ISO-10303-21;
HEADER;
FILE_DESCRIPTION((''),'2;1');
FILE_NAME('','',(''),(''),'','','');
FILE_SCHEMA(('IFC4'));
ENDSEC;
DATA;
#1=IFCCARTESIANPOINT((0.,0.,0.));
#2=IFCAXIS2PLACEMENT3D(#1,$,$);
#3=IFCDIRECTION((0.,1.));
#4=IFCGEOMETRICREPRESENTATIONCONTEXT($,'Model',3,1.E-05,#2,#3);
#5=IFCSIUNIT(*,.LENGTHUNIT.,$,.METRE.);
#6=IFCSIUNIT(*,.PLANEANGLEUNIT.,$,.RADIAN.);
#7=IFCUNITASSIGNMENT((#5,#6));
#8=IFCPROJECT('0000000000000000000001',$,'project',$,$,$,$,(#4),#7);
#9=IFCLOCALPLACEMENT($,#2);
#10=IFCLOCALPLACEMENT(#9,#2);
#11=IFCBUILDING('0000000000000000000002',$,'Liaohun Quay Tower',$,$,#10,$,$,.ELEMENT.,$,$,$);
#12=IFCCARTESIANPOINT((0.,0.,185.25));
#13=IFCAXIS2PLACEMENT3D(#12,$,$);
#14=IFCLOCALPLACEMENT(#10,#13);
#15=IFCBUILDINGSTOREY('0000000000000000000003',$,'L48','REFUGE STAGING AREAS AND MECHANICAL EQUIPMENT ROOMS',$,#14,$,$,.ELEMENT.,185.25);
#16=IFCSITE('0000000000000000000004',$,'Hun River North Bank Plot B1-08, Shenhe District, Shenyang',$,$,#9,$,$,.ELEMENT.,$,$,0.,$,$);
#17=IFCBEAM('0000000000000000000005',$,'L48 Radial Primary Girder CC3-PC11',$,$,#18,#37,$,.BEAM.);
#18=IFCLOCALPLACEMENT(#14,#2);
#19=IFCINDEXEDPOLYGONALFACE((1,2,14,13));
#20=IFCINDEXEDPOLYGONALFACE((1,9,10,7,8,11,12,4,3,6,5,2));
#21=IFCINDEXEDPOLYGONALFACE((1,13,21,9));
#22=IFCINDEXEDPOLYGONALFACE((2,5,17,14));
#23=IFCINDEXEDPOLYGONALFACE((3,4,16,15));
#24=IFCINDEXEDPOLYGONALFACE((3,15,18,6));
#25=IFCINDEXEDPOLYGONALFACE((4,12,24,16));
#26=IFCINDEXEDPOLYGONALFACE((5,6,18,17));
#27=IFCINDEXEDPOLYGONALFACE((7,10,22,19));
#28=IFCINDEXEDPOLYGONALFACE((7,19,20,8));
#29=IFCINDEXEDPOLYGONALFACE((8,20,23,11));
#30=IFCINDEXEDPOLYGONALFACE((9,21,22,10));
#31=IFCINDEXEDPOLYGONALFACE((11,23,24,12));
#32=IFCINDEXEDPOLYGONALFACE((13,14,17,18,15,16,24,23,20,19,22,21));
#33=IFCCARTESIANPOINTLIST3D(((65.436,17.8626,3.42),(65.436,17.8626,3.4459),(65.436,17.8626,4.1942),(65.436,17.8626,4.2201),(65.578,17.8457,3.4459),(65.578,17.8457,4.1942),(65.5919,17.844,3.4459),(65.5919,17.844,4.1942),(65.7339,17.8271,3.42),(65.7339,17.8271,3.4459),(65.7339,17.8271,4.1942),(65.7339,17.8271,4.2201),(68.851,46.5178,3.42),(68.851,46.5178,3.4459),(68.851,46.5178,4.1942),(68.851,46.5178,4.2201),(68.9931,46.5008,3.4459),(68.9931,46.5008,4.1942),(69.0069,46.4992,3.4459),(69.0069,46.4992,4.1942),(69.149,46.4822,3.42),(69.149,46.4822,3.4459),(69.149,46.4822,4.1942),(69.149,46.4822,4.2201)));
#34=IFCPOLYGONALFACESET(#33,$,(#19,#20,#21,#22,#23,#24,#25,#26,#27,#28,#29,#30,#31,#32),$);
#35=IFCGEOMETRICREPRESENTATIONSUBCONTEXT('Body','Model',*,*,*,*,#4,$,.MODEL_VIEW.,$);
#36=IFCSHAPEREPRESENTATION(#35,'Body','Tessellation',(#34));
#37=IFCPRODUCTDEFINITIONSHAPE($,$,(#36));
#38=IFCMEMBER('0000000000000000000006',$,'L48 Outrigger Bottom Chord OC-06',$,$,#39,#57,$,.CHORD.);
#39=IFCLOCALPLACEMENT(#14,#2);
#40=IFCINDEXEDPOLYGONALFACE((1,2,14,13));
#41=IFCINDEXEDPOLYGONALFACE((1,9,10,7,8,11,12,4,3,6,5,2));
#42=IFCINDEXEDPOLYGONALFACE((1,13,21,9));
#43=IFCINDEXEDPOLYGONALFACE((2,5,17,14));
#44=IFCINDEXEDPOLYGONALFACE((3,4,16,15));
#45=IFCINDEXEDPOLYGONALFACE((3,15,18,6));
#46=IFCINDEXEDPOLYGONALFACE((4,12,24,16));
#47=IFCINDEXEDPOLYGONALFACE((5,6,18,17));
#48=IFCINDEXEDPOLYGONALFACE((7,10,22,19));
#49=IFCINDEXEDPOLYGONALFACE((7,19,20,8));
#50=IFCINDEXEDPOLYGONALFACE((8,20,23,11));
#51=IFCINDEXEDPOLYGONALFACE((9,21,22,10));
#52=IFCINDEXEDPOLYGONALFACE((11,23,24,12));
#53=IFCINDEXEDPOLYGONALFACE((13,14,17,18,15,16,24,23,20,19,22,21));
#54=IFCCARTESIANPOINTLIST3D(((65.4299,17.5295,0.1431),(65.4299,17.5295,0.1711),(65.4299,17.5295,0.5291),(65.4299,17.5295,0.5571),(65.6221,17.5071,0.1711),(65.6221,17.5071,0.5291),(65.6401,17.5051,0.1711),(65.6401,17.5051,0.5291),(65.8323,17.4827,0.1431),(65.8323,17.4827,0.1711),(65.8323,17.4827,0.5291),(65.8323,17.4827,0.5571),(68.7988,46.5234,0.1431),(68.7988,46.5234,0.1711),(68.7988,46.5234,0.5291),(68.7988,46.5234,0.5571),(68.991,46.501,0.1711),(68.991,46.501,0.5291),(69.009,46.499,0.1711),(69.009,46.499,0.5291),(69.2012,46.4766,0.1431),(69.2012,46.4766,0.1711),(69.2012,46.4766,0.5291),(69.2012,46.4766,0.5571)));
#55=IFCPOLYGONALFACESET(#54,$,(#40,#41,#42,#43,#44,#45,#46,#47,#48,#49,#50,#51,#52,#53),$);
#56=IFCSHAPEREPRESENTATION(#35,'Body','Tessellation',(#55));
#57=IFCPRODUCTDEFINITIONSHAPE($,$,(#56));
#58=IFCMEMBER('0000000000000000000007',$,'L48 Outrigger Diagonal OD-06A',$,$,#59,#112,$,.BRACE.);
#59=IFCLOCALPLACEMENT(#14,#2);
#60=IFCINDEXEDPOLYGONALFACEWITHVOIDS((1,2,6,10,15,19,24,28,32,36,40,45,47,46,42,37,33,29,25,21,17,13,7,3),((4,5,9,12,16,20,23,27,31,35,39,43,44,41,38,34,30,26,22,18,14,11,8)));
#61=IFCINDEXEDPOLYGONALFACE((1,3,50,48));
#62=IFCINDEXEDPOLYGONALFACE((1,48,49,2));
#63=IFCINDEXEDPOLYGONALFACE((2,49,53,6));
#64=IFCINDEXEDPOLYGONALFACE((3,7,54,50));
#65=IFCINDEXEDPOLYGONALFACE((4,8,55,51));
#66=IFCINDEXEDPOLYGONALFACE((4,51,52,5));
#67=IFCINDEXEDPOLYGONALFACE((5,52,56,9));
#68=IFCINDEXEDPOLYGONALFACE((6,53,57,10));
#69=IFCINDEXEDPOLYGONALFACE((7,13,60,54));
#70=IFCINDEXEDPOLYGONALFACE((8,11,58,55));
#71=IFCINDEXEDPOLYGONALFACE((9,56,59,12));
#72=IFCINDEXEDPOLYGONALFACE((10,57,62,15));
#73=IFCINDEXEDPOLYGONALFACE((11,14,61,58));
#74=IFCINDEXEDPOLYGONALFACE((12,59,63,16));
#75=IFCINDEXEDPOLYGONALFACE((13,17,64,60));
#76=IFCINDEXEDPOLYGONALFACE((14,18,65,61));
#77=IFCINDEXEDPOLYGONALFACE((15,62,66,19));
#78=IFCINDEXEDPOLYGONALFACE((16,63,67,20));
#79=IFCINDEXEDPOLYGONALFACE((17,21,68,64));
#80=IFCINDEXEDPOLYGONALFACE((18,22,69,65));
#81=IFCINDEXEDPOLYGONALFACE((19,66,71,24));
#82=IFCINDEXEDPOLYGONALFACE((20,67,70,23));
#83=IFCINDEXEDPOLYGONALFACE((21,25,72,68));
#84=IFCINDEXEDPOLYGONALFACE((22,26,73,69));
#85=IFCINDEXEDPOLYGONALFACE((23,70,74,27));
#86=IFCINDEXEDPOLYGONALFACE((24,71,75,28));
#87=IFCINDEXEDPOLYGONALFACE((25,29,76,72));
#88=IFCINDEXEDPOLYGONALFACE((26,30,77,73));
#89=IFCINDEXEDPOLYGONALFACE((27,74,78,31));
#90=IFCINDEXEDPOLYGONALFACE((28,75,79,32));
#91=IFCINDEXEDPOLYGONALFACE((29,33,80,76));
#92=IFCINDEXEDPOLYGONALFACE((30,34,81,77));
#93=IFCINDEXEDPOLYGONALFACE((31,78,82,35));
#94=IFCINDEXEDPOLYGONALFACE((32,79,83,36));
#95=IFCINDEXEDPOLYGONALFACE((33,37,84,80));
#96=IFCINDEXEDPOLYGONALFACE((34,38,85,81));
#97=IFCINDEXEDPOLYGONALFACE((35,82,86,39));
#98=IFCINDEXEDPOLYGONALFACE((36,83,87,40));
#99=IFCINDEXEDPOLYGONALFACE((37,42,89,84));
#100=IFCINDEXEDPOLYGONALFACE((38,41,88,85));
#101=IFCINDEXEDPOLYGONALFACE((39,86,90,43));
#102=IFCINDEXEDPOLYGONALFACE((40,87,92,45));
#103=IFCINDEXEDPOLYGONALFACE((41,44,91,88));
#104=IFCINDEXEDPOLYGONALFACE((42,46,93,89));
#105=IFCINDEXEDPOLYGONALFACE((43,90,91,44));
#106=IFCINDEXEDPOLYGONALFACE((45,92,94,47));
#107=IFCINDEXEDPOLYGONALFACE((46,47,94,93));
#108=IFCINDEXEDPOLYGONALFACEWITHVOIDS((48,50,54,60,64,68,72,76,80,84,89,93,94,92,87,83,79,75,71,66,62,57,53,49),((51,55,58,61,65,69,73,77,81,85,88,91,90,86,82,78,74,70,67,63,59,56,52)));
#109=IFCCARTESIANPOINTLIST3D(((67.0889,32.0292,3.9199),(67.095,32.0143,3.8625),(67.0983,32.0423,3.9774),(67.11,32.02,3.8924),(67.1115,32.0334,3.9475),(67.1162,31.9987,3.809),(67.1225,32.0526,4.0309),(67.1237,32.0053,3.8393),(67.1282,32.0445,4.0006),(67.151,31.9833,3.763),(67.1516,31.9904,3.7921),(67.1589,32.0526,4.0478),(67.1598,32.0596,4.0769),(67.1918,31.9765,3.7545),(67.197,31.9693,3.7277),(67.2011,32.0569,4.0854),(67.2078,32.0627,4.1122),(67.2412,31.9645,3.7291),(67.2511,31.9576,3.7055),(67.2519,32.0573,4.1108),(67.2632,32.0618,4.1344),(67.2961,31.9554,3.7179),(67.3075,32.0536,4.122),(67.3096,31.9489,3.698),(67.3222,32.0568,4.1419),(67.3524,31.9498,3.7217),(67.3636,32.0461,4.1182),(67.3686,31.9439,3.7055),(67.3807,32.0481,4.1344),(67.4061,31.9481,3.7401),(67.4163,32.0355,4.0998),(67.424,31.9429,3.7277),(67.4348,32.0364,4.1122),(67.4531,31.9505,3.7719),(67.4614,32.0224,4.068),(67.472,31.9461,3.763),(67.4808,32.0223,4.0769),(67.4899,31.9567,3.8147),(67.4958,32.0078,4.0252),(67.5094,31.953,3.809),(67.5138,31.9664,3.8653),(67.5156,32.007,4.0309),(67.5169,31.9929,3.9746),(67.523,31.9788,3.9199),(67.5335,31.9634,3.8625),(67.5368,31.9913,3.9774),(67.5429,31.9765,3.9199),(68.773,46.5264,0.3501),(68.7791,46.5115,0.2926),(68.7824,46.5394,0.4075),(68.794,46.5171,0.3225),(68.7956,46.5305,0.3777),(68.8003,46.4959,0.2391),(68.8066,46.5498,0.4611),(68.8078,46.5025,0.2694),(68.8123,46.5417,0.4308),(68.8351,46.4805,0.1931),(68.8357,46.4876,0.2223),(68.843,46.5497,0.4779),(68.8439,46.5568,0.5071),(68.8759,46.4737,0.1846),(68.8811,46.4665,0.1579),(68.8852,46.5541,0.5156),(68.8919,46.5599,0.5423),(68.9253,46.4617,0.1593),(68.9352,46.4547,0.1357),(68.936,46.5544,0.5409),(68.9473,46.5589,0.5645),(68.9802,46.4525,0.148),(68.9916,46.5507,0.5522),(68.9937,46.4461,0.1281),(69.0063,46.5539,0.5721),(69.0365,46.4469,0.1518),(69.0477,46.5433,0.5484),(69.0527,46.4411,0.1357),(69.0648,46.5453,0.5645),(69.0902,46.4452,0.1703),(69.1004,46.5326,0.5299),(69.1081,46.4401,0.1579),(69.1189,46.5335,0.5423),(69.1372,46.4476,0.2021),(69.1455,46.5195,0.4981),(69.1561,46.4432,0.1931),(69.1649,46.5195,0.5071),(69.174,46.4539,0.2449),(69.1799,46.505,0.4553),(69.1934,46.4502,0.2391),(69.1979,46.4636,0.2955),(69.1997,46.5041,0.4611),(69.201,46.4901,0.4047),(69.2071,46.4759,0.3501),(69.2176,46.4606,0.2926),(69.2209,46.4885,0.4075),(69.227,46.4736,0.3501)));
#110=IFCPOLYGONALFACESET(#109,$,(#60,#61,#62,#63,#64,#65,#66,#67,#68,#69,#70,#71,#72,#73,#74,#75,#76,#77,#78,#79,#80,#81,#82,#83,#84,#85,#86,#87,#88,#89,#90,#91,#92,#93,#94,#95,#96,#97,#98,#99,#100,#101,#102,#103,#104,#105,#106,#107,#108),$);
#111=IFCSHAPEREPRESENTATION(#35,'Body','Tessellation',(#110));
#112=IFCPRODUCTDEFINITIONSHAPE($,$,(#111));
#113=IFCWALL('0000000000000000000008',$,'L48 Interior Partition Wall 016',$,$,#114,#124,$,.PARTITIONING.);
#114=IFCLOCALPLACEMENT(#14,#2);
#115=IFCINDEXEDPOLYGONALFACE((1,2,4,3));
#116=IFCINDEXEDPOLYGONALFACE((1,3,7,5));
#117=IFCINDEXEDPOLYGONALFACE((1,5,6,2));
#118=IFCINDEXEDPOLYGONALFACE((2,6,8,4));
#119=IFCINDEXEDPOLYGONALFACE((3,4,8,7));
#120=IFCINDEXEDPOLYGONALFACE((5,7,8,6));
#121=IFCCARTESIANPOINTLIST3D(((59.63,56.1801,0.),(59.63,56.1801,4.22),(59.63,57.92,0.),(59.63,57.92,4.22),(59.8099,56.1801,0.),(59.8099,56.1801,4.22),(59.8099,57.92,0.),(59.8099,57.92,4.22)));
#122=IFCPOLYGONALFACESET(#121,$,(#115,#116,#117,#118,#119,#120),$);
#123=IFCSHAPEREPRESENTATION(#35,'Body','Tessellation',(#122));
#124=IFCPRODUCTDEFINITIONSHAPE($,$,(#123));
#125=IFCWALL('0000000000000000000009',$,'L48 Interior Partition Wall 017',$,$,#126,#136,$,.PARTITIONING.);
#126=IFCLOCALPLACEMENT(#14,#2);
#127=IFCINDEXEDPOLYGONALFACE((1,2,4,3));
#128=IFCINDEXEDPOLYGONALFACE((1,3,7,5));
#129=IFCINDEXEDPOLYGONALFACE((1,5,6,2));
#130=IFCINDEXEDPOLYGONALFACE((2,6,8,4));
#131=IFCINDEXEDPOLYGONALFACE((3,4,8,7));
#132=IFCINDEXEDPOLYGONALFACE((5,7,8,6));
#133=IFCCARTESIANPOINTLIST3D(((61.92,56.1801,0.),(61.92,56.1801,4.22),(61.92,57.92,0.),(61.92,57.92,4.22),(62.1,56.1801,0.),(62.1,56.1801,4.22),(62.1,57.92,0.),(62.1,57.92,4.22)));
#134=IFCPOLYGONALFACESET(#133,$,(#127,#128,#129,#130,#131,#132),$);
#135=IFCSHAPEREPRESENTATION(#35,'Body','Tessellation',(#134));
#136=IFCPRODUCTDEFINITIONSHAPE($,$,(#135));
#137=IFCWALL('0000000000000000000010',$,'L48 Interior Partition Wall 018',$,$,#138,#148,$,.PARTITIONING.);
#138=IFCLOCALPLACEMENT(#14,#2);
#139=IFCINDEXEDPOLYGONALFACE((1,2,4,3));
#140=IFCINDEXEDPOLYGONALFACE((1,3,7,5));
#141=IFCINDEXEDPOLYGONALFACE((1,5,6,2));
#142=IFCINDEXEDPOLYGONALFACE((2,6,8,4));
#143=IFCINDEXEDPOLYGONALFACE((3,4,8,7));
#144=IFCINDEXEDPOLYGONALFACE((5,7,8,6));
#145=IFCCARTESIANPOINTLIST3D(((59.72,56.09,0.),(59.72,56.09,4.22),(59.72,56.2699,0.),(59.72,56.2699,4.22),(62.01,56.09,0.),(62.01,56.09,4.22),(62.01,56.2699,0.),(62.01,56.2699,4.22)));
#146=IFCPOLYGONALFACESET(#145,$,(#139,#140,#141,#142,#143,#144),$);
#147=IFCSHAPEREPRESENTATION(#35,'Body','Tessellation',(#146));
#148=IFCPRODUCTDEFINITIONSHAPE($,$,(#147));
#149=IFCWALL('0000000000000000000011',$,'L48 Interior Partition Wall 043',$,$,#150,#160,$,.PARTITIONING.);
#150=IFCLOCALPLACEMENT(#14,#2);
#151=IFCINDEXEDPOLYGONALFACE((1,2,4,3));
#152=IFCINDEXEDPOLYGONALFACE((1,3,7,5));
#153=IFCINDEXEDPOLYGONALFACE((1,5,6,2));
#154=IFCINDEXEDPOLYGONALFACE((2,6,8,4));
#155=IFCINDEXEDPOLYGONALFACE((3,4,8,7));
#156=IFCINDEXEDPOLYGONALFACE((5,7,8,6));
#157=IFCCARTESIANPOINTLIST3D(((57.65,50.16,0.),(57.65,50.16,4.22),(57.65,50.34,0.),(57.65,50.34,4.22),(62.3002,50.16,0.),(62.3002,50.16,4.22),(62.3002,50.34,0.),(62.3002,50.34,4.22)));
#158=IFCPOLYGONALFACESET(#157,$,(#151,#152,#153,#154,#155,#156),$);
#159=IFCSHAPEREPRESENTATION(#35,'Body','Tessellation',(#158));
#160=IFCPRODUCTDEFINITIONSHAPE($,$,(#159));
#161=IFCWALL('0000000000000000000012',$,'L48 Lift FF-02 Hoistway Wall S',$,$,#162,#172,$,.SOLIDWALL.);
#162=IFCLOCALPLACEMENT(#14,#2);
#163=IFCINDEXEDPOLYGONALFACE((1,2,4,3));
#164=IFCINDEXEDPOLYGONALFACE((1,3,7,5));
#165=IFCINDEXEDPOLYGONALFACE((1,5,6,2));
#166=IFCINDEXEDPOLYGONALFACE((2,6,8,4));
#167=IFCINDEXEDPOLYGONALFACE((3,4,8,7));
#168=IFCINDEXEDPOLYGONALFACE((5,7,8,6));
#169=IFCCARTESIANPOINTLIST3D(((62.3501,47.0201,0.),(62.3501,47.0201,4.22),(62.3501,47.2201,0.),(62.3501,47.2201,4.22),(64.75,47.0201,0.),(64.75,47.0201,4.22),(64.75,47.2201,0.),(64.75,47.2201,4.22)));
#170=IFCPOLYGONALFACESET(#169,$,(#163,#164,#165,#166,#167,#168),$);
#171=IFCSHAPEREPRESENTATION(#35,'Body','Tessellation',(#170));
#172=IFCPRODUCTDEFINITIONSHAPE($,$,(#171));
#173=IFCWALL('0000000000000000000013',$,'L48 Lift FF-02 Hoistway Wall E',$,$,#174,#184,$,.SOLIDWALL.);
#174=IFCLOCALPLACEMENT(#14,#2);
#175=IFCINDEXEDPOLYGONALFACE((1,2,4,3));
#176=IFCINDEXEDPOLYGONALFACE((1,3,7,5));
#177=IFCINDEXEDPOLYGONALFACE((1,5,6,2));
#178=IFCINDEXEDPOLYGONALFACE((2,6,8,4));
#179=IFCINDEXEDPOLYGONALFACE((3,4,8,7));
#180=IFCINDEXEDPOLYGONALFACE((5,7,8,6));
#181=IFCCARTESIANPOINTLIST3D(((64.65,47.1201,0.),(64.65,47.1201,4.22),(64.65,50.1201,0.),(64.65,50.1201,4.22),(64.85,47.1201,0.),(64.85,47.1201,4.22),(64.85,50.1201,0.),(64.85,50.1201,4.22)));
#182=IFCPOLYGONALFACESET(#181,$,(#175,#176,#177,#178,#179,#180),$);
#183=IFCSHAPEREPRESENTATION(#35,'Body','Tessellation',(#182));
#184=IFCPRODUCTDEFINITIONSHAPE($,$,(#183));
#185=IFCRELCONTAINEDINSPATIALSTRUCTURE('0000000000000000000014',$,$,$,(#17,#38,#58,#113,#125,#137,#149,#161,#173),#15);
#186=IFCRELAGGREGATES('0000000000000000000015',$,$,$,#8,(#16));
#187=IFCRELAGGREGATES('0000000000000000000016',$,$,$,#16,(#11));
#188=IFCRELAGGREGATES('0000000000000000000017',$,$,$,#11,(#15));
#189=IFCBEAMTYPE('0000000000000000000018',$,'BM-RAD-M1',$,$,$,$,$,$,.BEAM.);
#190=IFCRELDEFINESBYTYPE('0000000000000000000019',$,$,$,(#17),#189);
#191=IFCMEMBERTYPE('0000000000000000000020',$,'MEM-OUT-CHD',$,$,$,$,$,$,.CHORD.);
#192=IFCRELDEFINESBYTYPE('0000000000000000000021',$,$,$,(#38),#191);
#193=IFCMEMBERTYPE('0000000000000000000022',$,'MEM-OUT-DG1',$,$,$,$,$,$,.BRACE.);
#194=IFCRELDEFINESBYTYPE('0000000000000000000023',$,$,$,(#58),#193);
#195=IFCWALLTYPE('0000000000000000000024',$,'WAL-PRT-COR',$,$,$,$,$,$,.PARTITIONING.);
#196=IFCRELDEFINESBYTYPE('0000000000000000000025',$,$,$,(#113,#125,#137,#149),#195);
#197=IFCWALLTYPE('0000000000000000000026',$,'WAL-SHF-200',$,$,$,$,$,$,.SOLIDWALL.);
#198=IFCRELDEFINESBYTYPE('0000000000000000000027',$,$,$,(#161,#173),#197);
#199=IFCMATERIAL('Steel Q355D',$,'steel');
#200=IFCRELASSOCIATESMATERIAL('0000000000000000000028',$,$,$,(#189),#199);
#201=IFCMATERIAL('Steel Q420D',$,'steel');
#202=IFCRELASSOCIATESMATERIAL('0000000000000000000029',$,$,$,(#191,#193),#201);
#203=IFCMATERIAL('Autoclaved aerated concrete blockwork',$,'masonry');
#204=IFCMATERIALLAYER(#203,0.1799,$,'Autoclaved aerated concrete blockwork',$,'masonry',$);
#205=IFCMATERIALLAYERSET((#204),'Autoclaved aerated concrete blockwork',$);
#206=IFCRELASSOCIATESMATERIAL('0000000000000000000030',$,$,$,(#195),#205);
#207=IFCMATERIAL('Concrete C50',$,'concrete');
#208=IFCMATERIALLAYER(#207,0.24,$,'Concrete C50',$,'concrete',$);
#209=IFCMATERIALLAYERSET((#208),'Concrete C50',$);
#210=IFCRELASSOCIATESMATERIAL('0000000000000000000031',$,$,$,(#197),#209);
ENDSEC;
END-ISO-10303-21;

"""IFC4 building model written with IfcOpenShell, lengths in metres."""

from ifc_helpers import new_model, si_unit, direction, frame, frame_2d, origin, origin_2d, place, context, subcontext, project, spatial, rectangle, hollow_circle, i_section, extrude, source, transform, mapped, material, layer, layer_set, material_profile, profile_set, type_object, element, save


model = new_model("IFC4")

# Units and contexts
model_context = context("Model", 3, precision=1e-05, world=origin(), true_north=direction((0.0, 1.0)))
body_context = subcontext(model_context, "Body", "Model", "MODEL_VIEW")
ifc_project = project(units=[si_unit("LENGTHUNIT", "METRE"), si_unit("PLANEANGLEUNIT", "RADIAN")], contexts=[model_context])

# Site, building, storey
site_placement = place(None, origin())
site = spatial("IfcSite", under=ifc_project, at=site_placement, Name="Hun River North Bank Plot B1-08, Shenhe District, Shenyang", CompositionType="ELEMENT", RefElevation=0.0)
building_placement = place(site_placement, origin())
building = spatial("IfcBuilding", under=site, at=building_placement, Name="Liaohun Quay Tower", CompositionType="ELEMENT")
storey_placement = place(building_placement, frame((0.0, 0.0, 185.25)))
storey = spatial("IfcBuildingStorey", under=building, at=storey_placement, Name="L48", Description="REFUGE STAGING AREAS AND MECHANICAL EQUIPMENT ROOMS", CompositionType="ELEMENT", Elevation=185.25)

# Beam
ifc_material_1 = material(Name="Steel Q355D", Category="steel")
ifc_material_profile_1 = material_profile(ifc_material_1, i_section(OverallWidth=0.3, OverallDepth=0.8, WebThickness=0.0139, FlangeThickness=0.0259, at=origin_2d()), Name="HN800x300x14x26")
ifc_profile_set_1 = profile_set([ifc_material_profile_1], Name="Steel Q355D")
beam_type = type_object("IfcBeamType", Name="BM-RAD-M1", PredefinedType="BEAM", material=ifc_profile_set_1)
shared_shape_1 = source(origin(), body_context, "Body", "SweptSolid", [
    extrude(i_section(OverallWidth=0.3, OverallDepth=0.8, WebThickness=0.0139, FlangeThickness=0.0259, at=origin_2d()), origin(), (0.0, 0.0, 1.0), 28.8579),
])
beam_placement = place(storey_placement, frame((69.0, 46.5, 3.8201), z_axis=(-0.11834, -0.992973, 0.0), x_axis=(0.992973, -0.11834, 0.0)))
element("IfcBeam", 1, at=beam_placement, inside=storey, type_object=beam_type, Name="L48 Radial Primary Girder CC3-PC11", PredefinedType="BEAM", context=body_context, shape_type="MappedRepresentation", body=[
    mapped(shared_shape_1, transform((0.0, 0.0, 0.0), x_axis=(1.0, 0.0, 0.0), y_axis=(0.0, 1.0, 0.0), z_axis=(0.0, 0.0, 1.0), scale=1.0)),
])

# Members
ifc_material_2 = material(Name="Steel Q420D", Category="steel")
ifc_material_profile_2 = material_profile(ifc_material_2, i_section(OverallWidth=0.405, OverallDepth=0.4141, WebThickness=0.0181, FlangeThickness=0.0281, at=origin_2d()), Name="HW414x405x18x28")
ifc_profile_set_2 = profile_set([ifc_material_profile_2], Name="Steel Q420D")
member_type_1 = type_object("IfcMemberType", Name="MEM-OUT-CHD", PredefinedType="CHORD", material=ifc_profile_set_2)
shared_shape_2 = source(origin(), body_context, "Body", "SweptSolid", [
    extrude(i_section(OverallWidth=0.405, OverallDepth=0.4141, WebThickness=0.0181, FlangeThickness=0.0281, at=origin_2d()), origin(), (0.0, 0.0, 1.0), 29.189),
])
member_1_placement = place(storey_placement, frame((69.0, 46.5, 0.3501), z_axis=(-0.115417, -0.993317, 0.0), x_axis=(0.993317, -0.115417, 0.0)))
element("IfcMember", 2, at=member_1_placement, inside=storey, type_object=member_type_1, Name="L48 Outrigger Bottom Chord OC-06", PredefinedType="CHORD", context=body_context, shape_type="MappedRepresentation", body=[
    mapped(shared_shape_2, transform((0.0, 0.0, 0.0), x_axis=(1.0, 0.0, 0.0), y_axis=(0.0, 1.0, 0.0), z_axis=(0.0, 0.0, 1.0), scale=1.0)),
])
ifc_material_profile_3 = material_profile(ifc_material_2, hollow_circle(Radius=0.2285, WallThickness=0.02, at=origin_2d()), Name="CHS457x20")
ifc_profile_set_3 = profile_set([ifc_material_profile_3], Name="Steel Q420D")
member_type_2 = type_object("IfcMemberType", Name="MEM-OUT-DG1", PredefinedType="BRACE", material=ifc_profile_set_3)
shared_shape_3 = source(origin(), body_context, "Body", "SweptSolid", [
    extrude(hollow_circle(Radius=0.2285, WallThickness=0.02, at=origin_2d()), origin(), (0.0, 0.0, 1.0), 15.0249),
])
member_2_placement = place(storey_placement, frame((69.0, 46.5, 0.3501), z_axis=(-0.112087, -0.964876, 0.237595), x_axis=(0.99332, -0.115391, 0.0)))
element("IfcMember", 3, at=member_2_placement, inside=storey, type_object=member_type_2, Name="L48 Outrigger Diagonal OD-06A", PredefinedType="BRACE", context=body_context, shape_type="MappedRepresentation", body=[
    mapped(shared_shape_3, transform((0.0, 0.0, 0.0), x_axis=(1.0, 0.0, 0.0), y_axis=(0.0, 1.0, 0.0), z_axis=(0.0, 0.0, 1.0), scale=1.0)),
])

# Walls
ifc_material_3 = material(Name="Autoclaved aerated concrete blockwork", Category="masonry")
ifc_layer_1 = layer(ifc_material_3, 0.1799, Name="Autoclaved aerated concrete blockwork", Category="masonry")
ifc_layer_set_1 = layer_set([ifc_layer_1], Name="Autoclaved aerated concrete blockwork")
wall_type_1 = type_object("IfcWallType", Name="WAL-PRT-COR", PredefinedType="PARTITIONING", material=ifc_layer_set_1)
for number, where, z_axis, x_axis, name in (
    (4, (59.72, 56.1799, 0.0), (0.0, 0.0, 1.0), (0.0, 1.0, 0.0), "L48 Interior Partition Wall 016"),
    (5, (62.01, 56.1799, 0.0), (0.0, 0.0, 1.0), (0.0, 1.0, 0.0), "L48 Interior Partition Wall 017"),
):
    element("IfcWall", number, at=place(storey_placement, frame(where, z_axis=z_axis, x_axis=x_axis)), inside=storey, type_object=wall_type_1, Name=name, PredefinedType="PARTITIONING", context=body_context, shape_type="SweptSolid", body=[
        extrude(rectangle(XDim=1.74, YDim=0.1799, at=frame_2d((0.8701, 0.0))), origin(), (0.0, 0.0, 1.0), 4.22),
    ])
wall_1_placement = place(storey_placement, frame((59.72, 56.1799, 0.0), z_axis=(0.0, 0.0, 1.0), x_axis=(1.0, 0.0, 0.0)))
element("IfcWall", 6, at=wall_1_placement, inside=storey, type_object=wall_type_1, Name="L48 Interior Partition Wall 018", PredefinedType="PARTITIONING", context=body_context, shape_type="SweptSolid", body=[
    extrude(rectangle(XDim=2.29, YDim=0.1799, at=frame_2d((1.145, 0.0))), origin(), (0.0, 0.0, 1.0), 4.22),
])
wall_2_placement = place(storey_placement, frame((57.6499, 50.25, 0.0), z_axis=(0.0, 0.0, 1.0), x_axis=(1.0, 0.0, 0.0)))
element("IfcWall", 7, at=wall_2_placement, inside=storey, type_object=wall_type_1, Name="L48 Interior Partition Wall 043", PredefinedType="PARTITIONING", context=body_context, shape_type="SweptSolid", body=[
    extrude(rectangle(XDim=4.6501, YDim=0.1799, at=frame_2d((2.3252, 0.0))), origin(), (0.0, 0.0, 1.0), 4.22),
])
ifc_material_4 = material(Name="Concrete C50", Category="concrete")
ifc_layer_2 = layer(ifc_material_4, 0.24, Name="Concrete C50", Category="concrete")
ifc_layer_set_2 = layer_set([ifc_layer_2], Name="Concrete C50")
wall_type_2 = type_object("IfcWallType", Name="WAL-SHF-200", PredefinedType="SOLIDWALL", material=ifc_layer_set_2)
wall_3_placement = place(storey_placement, frame((62.3501, 47.1201, 0.0), z_axis=(0.0, 0.0, 1.0), x_axis=(1.0, 0.0, 0.0)))
element("IfcWall", 8, at=wall_3_placement, inside=storey, type_object=wall_type_2, Name="L48 Lift FF-02 Hoistway Wall S", PredefinedType="SOLIDWALL", context=body_context, shape_type="SweptSolid", body=[
    extrude(rectangle(XDim=2.3999, YDim=0.2, at=frame_2d((1.2, 0.0))), origin(), (0.0, 0.0, 1.0), 4.22),
])
wall_4_placement = place(storey_placement, frame((64.75, 47.1201, 0.0), z_axis=(0.0, 0.0, 1.0), x_axis=(0.0, 1.0, 0.0)))
element("IfcWall", 9, at=wall_4_placement, inside=storey, type_object=wall_type_2, Name="L48 Lift FF-02 Hoistway Wall E", PredefinedType="SOLIDWALL", context=body_context, shape_type="SweptSolid", body=[
    extrude(rectangle(XDim=3.0, YDim=0.2, at=frame_2d((1.5, 0.0))), origin(), (0.0, 0.0, 1.0), 4.22),
])

save(model, "model.ifc")
